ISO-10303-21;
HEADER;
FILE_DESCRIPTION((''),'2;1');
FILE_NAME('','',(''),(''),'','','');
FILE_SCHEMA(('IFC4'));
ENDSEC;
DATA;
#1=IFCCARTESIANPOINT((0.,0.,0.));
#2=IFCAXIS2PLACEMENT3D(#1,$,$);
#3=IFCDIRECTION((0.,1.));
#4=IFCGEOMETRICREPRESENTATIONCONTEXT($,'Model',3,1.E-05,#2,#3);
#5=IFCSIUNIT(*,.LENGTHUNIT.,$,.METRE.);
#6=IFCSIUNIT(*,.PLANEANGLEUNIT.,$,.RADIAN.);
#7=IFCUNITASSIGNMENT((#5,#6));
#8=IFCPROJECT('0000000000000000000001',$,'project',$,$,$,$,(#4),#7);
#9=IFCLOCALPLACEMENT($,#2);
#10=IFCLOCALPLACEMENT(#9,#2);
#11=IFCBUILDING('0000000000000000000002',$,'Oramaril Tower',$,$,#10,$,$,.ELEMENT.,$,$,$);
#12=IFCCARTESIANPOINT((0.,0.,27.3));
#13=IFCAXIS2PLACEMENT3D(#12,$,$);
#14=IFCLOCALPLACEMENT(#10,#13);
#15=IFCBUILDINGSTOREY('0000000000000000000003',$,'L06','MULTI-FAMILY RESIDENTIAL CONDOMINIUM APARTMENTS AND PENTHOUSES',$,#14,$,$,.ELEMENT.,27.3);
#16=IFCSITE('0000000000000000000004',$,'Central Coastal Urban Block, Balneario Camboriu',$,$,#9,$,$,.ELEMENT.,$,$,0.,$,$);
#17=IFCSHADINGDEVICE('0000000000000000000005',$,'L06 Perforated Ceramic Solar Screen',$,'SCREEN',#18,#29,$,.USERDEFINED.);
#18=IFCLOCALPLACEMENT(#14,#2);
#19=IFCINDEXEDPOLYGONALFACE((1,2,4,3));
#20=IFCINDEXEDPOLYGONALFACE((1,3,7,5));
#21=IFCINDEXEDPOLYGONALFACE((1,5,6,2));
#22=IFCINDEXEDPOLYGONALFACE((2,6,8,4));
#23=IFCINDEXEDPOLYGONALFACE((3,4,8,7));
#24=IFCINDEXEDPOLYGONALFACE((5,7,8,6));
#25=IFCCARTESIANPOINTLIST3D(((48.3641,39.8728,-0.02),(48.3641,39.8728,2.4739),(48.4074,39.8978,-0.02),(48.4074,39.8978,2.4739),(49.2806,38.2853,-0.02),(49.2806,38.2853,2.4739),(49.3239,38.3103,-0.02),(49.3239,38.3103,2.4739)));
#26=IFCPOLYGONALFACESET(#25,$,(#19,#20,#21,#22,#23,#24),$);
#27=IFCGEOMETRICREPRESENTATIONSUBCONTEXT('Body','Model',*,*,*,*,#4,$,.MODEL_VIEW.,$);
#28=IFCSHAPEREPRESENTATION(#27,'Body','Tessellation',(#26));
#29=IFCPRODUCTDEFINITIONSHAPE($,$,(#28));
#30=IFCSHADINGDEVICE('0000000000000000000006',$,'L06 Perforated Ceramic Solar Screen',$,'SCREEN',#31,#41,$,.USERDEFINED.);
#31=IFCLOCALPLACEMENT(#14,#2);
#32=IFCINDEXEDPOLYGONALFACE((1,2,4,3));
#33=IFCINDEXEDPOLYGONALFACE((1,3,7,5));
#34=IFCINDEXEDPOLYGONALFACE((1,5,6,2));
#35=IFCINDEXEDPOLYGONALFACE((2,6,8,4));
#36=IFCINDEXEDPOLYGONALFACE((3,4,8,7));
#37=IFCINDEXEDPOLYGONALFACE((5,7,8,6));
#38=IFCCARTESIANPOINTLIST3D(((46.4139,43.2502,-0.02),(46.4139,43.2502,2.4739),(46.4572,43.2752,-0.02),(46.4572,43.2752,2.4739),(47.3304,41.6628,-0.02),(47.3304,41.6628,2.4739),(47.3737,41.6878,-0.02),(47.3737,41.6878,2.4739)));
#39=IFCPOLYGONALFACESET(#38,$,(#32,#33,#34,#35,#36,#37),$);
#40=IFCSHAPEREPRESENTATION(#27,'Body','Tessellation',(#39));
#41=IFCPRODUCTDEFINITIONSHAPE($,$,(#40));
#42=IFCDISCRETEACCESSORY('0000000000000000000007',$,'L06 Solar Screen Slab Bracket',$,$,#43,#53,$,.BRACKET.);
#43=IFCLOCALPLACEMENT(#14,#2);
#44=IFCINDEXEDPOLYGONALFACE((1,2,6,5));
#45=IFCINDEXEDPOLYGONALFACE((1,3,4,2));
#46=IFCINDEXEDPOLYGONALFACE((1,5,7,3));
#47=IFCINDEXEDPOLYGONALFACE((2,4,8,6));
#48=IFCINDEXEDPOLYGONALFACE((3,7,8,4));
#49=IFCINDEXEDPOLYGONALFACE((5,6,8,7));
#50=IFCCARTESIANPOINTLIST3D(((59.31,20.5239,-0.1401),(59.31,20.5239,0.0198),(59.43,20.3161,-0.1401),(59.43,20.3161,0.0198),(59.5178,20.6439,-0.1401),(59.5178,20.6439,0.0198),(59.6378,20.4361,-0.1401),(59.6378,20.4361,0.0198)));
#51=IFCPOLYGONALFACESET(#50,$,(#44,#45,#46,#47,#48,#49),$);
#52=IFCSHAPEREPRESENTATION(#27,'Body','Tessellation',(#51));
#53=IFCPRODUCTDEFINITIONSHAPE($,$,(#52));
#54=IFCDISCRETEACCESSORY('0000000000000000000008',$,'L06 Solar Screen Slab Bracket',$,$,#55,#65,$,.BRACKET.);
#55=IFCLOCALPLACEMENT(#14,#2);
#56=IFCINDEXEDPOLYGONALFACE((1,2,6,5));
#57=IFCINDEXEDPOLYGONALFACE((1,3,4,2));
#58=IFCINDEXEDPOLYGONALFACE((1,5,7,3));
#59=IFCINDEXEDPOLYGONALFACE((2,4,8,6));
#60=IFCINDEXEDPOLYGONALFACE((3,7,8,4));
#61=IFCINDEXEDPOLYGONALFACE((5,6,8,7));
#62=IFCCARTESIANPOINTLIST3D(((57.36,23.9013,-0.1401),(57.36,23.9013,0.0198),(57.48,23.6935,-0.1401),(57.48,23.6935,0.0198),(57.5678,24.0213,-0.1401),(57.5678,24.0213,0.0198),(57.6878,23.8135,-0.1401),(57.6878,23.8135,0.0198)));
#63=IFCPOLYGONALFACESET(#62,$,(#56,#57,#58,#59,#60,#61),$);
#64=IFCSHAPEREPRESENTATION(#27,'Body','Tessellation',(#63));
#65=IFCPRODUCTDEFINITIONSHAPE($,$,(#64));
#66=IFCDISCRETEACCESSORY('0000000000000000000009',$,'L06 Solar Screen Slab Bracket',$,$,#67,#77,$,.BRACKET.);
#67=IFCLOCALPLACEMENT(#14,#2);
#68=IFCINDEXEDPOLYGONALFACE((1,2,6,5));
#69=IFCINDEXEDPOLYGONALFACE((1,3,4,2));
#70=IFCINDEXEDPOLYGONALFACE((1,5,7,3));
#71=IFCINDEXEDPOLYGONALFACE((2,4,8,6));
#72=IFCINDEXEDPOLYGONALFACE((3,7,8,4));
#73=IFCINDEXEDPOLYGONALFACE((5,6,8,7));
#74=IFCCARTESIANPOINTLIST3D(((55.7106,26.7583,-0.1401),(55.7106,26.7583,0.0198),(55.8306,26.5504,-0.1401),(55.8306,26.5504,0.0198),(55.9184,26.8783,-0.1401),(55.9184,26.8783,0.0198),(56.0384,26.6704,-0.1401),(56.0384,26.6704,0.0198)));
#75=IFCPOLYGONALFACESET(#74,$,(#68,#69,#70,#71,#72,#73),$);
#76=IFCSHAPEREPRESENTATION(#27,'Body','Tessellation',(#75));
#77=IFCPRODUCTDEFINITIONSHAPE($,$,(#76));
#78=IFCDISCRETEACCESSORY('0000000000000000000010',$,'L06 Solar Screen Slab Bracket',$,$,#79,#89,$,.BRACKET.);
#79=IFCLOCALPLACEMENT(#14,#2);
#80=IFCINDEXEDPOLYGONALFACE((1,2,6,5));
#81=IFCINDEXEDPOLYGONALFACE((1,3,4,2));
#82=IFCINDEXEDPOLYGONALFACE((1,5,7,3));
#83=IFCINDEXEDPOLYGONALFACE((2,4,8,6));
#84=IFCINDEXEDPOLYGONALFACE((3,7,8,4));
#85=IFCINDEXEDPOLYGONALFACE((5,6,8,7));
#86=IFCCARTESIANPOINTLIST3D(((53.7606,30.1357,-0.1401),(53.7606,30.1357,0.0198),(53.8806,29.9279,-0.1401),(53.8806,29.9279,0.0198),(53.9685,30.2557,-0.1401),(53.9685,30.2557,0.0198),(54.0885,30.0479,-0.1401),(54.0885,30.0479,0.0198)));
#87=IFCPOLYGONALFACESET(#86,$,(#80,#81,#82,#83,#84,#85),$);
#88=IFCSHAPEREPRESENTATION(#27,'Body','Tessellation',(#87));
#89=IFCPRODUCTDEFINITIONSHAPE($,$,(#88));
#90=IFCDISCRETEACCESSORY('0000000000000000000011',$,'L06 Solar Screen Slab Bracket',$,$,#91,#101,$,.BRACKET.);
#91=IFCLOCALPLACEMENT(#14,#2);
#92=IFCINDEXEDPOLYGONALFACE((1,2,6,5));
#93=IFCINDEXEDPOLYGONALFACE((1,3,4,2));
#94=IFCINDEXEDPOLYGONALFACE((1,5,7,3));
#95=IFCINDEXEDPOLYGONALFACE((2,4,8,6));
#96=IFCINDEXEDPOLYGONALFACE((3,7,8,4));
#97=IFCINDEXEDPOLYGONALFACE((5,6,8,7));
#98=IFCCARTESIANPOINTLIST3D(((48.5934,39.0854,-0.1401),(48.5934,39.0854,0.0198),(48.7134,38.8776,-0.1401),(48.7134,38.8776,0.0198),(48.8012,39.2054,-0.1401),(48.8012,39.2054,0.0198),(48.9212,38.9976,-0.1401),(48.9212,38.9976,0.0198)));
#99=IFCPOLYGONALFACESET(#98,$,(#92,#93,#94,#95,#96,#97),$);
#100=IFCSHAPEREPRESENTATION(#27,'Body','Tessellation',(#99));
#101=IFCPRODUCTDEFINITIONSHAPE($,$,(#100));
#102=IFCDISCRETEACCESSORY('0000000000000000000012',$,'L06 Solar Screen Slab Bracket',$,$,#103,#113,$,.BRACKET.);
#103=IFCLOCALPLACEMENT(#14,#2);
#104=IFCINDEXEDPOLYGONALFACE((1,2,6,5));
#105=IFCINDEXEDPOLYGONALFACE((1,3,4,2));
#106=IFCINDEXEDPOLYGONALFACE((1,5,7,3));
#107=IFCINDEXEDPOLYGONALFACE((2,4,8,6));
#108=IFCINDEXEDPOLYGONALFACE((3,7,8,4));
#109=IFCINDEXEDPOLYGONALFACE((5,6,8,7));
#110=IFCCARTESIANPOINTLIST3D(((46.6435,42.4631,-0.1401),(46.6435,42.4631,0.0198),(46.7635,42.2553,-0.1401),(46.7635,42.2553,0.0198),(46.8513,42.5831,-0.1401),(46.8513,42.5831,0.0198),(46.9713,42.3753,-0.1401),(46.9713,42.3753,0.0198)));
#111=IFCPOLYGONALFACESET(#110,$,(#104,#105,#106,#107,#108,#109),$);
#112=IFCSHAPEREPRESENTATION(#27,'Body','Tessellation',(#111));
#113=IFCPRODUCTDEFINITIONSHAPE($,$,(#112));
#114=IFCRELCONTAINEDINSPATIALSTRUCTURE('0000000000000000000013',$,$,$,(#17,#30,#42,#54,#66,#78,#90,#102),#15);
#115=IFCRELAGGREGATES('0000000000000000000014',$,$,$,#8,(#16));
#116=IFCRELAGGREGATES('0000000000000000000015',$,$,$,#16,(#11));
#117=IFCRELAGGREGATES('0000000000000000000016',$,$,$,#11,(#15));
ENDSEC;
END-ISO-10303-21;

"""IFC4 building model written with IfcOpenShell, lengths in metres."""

from ifc_helpers import new_model, si_unit, direction, frame, origin, origin_2d, place, context, subcontext, project, spatial, rectangle, extrude, element, save


model = new_model("IFC4")

# Units and contexts
model_context = context("Model", 3, precision=1e-05, world=origin(), true_north=direction((0.0, 1.0)))
body_context = subcontext(model_context, "Body", "Model", "MODEL_VIEW")
ifc_project = project(units=[si_unit("LENGTHUNIT", "METRE"), si_unit("PLANEANGLEUNIT", "RADIAN")], contexts=[model_context])

# Site, building, storey
site_placement = place(None, origin())
site = spatial("IfcSite", under=ifc_project, at=site_placement, Name="Central Coastal Urban Block, Balneario Camboriu", CompositionType="ELEMENT", RefElevation=0.0)
building_placement = place(site_placement, origin())
building = spatial("IfcBuilding", under=site, at=building_placement, Name="Oramaril Tower", CompositionType="ELEMENT")
storey_placement = place(building_placement, frame((0.0, 0.0, 27.3)))
storey = spatial("IfcBuildingStorey", under=building, at=storey_placement, Name="L06", Description="MULTI-FAMILY RESIDENTIAL CONDOMINIUM APARTMENTS AND PENTHOUSES", CompositionType="ELEMENT", Elevation=27.3)

# Shading devices
for number, where, z_axis, x_axis, name in (
    (1, (48.844, 39.0916, -0.02), (0.0, 0.0, 1.0), (-0.5, 0.866025, 0.0), "L06 Perforated Ceramic Solar Screen"),
    (2, (46.8938, 42.469, -0.02), (0.0, 0.0, 1.0), (-0.5, 0.866025, 0.0), "L06 Perforated Ceramic Solar Screen"),
):
    element("IfcShadingDevice", number, at=place(storey_placement, frame(where, z_axis=z_axis, x_axis=x_axis)), inside=storey, Name=name, ObjectType="SCREEN", PredefinedType="USERDEFINED", context=body_context, shape_type="SweptSolid", body=[
        extrude(rectangle(XDim=1.833, YDim=0.05, at=origin_2d()), origin(), (0.0, 0.0, 1.0), 2.4939),
    ])

# Discrete accessories
for number, where, z_axis, x_axis, name in (
    (3, (59.4739, 20.48, -0.1401), (0.0, 0.0, 1.0), (-0.5, 0.866025, 0.0), "L06 Solar Screen Slab Bracket"),
    (4, (57.5239, 23.8574, -0.1401), (0.0, 0.0, 1.0), (-0.5, 0.866025, 0.0), "L06 Solar Screen Slab Bracket"),
    (5, (55.8745, 26.7144, -0.1401), (0.0, 0.0, 1.0), (-0.5, 0.866025, 0.0), "L06 Solar Screen Slab Bracket"),
    (6, (53.9246, 30.0918, -0.1401), (0.0, 0.0, 1.0), (-0.5, 0.866025, 0.0), "L06 Solar Screen Slab Bracket"),
    (7, (48.7573, 39.0415, -0.1401), (0.0, 0.0, 1.0), (-0.5, 0.866025, 0.0), "L06 Solar Screen Slab Bracket"),
    (8, (46.8074, 42.4192, -0.1401), (0.0, 0.0, 1.0), (-0.5, 0.866025, 0.0), "L06 Solar Screen Slab Bracket"),
):
    element("IfcDiscreteAccessory", number, at=place(storey_placement, frame(where, z_axis=z_axis, x_axis=x_axis)), inside=storey, Name=name, PredefinedType="BRACKET", context=body_context, shape_type="SweptSolid", body=[
        extrude(rectangle(XDim=0.24, YDim=0.24, at=origin_2d()), origin(), (0.0, 0.0, 1.0), 0.1599),
    ])

save(model, "model.ifc")
